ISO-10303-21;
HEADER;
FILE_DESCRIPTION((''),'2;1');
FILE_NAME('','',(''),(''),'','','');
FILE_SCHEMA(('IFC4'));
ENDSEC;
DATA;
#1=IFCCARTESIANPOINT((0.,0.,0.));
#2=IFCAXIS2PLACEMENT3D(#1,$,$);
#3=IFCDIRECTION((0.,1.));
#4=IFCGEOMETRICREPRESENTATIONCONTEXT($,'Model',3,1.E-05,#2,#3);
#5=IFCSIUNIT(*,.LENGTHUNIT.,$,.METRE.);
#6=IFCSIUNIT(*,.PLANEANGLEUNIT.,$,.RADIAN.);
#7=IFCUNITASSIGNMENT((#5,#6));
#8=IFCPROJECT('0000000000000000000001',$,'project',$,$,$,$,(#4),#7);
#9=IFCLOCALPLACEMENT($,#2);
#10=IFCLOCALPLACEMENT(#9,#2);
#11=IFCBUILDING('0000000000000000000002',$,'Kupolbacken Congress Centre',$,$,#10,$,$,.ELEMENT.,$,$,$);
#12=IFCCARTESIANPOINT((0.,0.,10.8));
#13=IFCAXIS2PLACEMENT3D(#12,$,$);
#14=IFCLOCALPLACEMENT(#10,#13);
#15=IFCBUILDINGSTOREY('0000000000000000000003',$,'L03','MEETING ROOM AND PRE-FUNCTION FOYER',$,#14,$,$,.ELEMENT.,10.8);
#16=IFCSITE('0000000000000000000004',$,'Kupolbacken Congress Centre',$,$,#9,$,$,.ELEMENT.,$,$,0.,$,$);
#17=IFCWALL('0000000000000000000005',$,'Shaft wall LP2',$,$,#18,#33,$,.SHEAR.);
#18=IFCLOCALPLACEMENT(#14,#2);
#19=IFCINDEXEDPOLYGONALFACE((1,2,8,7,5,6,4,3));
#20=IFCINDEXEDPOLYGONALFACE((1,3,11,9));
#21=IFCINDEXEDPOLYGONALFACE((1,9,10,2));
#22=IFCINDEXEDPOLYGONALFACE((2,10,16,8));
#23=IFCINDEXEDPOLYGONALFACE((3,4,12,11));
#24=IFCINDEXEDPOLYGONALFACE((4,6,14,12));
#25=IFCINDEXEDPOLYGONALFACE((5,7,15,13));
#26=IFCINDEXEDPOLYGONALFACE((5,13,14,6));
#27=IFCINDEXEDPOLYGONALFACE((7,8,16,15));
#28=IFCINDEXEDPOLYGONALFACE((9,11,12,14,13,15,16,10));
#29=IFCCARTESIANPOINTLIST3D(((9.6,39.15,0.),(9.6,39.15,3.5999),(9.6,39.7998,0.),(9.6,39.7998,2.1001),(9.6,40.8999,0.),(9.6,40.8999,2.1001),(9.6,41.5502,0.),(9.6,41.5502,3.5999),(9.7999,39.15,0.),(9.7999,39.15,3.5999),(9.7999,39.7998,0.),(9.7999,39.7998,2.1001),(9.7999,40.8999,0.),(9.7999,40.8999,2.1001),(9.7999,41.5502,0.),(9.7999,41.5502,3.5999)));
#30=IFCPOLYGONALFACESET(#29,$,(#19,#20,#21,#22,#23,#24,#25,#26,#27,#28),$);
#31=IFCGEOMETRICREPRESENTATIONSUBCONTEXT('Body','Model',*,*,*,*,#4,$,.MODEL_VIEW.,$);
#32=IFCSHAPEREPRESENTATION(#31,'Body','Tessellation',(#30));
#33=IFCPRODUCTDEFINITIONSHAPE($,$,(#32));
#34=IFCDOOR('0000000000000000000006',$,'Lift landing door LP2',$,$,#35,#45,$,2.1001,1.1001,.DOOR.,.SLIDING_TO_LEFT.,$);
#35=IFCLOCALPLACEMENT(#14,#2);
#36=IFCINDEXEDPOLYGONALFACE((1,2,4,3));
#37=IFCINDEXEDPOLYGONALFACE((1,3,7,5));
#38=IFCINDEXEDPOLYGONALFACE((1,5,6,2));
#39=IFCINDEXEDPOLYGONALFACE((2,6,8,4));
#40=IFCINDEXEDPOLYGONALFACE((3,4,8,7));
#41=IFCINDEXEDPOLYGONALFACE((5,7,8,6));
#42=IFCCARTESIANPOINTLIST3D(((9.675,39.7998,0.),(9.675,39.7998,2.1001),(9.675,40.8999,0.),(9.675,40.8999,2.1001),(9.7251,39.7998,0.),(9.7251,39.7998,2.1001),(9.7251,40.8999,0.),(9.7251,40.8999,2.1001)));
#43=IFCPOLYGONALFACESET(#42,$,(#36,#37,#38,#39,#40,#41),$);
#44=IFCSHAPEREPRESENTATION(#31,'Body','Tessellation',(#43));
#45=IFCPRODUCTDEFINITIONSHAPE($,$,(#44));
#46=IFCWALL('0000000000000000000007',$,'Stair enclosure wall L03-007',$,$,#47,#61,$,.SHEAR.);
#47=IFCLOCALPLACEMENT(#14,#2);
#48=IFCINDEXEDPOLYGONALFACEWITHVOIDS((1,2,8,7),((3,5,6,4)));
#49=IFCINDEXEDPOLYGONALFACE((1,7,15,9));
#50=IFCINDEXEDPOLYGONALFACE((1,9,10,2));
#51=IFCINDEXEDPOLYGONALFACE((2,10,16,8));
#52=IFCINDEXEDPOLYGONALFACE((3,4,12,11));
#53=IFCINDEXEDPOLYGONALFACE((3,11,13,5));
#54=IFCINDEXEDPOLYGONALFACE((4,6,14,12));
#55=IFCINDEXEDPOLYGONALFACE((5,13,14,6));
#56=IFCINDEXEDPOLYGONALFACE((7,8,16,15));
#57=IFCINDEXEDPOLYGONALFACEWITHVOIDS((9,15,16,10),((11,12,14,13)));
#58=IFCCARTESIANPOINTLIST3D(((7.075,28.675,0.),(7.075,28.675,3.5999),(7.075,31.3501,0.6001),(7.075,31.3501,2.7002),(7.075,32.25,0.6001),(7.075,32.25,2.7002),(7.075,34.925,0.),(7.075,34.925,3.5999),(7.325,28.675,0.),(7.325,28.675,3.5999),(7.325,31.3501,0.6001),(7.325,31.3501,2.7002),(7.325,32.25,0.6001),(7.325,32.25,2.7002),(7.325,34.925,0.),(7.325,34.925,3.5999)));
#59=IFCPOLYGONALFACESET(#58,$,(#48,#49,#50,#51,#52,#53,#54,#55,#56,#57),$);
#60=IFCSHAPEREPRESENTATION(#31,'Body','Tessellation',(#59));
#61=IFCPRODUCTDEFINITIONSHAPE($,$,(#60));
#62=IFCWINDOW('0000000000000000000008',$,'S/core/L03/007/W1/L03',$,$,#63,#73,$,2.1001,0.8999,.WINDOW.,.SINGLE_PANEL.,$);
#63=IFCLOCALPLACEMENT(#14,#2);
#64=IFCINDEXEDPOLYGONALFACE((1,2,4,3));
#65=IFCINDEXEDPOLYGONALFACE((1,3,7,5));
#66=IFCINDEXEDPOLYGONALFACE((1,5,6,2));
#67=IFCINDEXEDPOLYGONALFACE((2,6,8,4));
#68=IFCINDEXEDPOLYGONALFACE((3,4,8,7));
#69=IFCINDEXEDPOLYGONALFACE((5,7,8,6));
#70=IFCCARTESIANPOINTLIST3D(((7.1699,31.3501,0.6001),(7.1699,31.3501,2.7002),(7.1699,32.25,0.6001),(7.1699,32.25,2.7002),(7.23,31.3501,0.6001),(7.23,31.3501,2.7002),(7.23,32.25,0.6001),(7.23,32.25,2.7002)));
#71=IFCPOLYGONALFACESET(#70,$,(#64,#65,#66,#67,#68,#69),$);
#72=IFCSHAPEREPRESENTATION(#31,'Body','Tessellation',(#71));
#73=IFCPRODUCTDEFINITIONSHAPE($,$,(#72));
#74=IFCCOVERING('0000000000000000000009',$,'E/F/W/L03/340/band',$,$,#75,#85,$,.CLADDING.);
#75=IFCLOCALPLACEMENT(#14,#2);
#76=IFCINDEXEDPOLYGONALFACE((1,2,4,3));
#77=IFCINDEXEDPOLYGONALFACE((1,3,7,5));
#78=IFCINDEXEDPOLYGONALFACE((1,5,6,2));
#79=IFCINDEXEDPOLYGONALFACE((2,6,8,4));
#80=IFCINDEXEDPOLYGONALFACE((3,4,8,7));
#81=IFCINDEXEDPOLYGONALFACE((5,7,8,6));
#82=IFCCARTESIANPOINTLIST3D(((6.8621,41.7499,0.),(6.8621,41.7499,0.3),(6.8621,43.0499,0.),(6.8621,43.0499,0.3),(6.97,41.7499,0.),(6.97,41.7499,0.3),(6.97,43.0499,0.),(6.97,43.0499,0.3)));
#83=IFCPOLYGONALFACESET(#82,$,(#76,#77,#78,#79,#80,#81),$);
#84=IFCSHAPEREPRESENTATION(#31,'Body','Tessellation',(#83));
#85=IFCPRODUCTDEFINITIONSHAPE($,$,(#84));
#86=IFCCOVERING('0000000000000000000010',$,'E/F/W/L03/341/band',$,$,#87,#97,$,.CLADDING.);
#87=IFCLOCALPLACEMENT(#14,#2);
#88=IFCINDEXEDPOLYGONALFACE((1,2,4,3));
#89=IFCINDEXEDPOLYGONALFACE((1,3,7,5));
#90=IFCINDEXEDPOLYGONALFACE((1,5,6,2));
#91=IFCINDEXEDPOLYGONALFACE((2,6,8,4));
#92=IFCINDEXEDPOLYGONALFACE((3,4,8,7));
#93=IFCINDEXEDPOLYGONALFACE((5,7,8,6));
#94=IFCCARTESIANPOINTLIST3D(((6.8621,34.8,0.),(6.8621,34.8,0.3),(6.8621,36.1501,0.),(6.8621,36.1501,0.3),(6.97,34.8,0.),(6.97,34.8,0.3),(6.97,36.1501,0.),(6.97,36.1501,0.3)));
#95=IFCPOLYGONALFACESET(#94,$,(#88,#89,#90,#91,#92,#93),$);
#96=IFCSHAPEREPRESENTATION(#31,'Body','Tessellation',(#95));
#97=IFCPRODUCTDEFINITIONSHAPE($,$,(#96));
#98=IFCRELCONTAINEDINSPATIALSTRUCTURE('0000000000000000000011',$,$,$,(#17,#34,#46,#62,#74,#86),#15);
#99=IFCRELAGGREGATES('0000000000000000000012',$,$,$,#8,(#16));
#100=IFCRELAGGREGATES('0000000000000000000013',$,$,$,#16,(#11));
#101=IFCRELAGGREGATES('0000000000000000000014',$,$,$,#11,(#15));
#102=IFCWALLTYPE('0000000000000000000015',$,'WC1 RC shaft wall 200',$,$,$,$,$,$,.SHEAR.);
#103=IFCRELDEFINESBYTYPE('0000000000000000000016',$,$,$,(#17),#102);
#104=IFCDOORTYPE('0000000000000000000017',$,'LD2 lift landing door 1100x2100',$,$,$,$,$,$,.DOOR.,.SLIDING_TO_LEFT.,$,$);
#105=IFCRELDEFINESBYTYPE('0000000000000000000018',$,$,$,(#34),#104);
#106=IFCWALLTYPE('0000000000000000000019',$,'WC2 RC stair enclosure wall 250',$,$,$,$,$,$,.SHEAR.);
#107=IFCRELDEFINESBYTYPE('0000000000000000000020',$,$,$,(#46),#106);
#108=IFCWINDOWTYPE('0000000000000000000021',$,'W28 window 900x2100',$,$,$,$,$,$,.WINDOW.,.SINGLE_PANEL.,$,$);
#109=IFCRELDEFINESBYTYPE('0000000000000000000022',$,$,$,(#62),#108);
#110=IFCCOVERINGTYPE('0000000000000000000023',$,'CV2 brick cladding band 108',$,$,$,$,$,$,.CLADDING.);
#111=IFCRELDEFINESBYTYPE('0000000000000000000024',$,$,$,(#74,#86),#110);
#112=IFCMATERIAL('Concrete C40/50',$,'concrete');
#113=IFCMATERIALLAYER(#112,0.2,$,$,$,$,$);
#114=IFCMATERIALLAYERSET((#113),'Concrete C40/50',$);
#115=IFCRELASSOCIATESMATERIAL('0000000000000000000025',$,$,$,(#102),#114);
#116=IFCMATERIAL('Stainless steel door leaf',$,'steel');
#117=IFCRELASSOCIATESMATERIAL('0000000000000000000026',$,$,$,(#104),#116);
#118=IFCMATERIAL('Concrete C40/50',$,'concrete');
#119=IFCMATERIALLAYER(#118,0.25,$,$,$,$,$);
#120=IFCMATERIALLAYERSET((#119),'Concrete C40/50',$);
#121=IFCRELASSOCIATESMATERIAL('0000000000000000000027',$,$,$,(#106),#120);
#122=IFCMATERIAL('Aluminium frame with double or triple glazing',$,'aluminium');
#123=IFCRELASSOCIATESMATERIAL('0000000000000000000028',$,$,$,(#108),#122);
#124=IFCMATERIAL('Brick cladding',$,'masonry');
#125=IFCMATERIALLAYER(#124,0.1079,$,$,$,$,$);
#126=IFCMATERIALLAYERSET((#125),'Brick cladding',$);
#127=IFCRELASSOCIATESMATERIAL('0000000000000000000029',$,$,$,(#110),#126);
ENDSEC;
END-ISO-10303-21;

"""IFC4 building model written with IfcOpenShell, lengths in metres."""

from ifc_helpers import new_model, si_unit, direction, frame, frame_2d, origin, origin_2d, place, context, subcontext, project, spatial, rectangle, extrude, material, layer, layer_set, type_object, element, fill, save


model = new_model("IFC4")

# Units and contexts
model_context = context("Model", 3, precision=1e-05, world=origin(), true_north=direction((0.0, 1.0)))
body_context = subcontext(model_context, "Body", "Model", "MODEL_VIEW")
ifc_project = project(units=[si_unit("LENGTHUNIT", "METRE"), si_unit("PLANEANGLEUNIT", "RADIAN")], contexts=[model_context])

# Site, building, storey
site_placement = place(None, origin())
site = spatial("IfcSite", under=ifc_project, at=site_placement, Name="Kupolbacken Congress Centre", CompositionType="ELEMENT", RefElevation=0.0)
building_placement = place(site_placement, origin())
building = spatial("IfcBuilding", under=site, at=building_placement, Name="Kupolbacken Congress Centre", CompositionType="ELEMENT")
storey_placement = place(building_placement, frame((0.0, 0.0, 10.8)))
storey = spatial("IfcBuildingStorey", under=building, at=storey_placement, Name="L03", Description="MEETING ROOM AND PRE-FUNCTION FOYER", CompositionType="ELEMENT", Elevation=10.8)

# Shared definitions
ifc_material_1 = material(Name="Concrete C40/50", Category="concrete")
ifc_layer_1 = layer(ifc_material_1, 0.2)
ifc_layer_set_1 = layer_set([ifc_layer_1], Name="Concrete C40/50")
wall_type_1 = type_object("IfcWallType", Name="WC1 RC shaft wall 200", PredefinedType="SHEAR", material=ifc_layer_set_1)

# Shared definitions
ifc_material_2 = material(Name="Stainless steel door leaf", Category="steel")
door_type = type_object("IfcDoorType", Name="LD2 lift landing door 1100x2100", OperationType="SLIDING_TO_LEFT", PredefinedType="DOOR", material=ifc_material_2)

# Wall, opening, door
wall_1_placement = place(storey_placement, frame((9.7, 39.1499, 0.0), z_axis=(0.0, 0.0, 1.0), x_axis=(0.0, 1.0, 0.0)))
wall_1 = element("IfcWall", 1, at=wall_1_placement, inside=storey, type_object=wall_type_1, Name="Shaft wall LP2", PredefinedType="SHEAR", context=body_context, shape_type="SweptSolid", body=[
    extrude(rectangle(XDim=2.4001, YDim=0.2, at=frame_2d((1.2002, 0.0))), origin(), (0.0, 0.0, 1.0), 3.5999),
])
opening_1_placement = place(wall_1_placement, frame((0.6499, 0.0, 0.0)))
opening_1 = element("IfcOpeningElement", 2, at=opening_1_placement, cuts=wall_1, PredefinedType="OPENING", context=body_context, shape_type="SweptSolid", body=[
    extrude(rectangle(XDim=1.1001, YDim=2.1001, at=frame_2d((0.55, 1.05))), frame((0.0, 0.1099, 0.0), z_axis=(0.0, -1.0, 0.0), x_axis=(1.0, 0.0, 0.0)), (0.0, 0.0, 1.0), 0.22),
])
door_1_placement = place(opening_1_placement, origin())
door_1 = element("IfcDoor", 3, at=door_1_placement, inside=storey, type_object=door_type, Name="Lift landing door LP2", OperationType="SLIDING_TO_LEFT", OverallHeight=2.1001, OverallWidth=1.1001, PredefinedType="DOOR", context=body_context, shape_type="SweptSolid", body=[
    extrude(rectangle(XDim=1.1001, YDim=2.1001, at=frame_2d((0.55, 1.05))), frame((0.0, 0.0249, 0.0), z_axis=(0.0, -1.0, 0.0), x_axis=(1.0, 0.0, 0.0)), (0.0, 0.0, 1.0), 0.05),
])
fill(opening_1, door_1)

# Wall, opening, window
ifc_material_3 = material(Name="Concrete C40/50", Category="concrete")
ifc_layer_2 = layer(ifc_material_3, 0.25)
ifc_layer_set_2 = layer_set([ifc_layer_2], Name="Concrete C40/50")
wall_type_2 = type_object("IfcWallType", Name="WC2 RC stair enclosure wall 250", PredefinedType="SHEAR", material=ifc_layer_set_2)
wall_2_placement = place(storey_placement, frame((7.2, 34.925, 0.0), z_axis=(0.0, 0.0, 1.0), x_axis=(0.0, -1.0, 0.0)))
wall_2 = element("IfcWall", 4, at=wall_2_placement, inside=storey, type_object=wall_type_2, Name="Stair enclosure wall L03-007", PredefinedType="SHEAR", context=body_context, shape_type="SweptSolid", body=[
    extrude(rectangle(XDim=6.25, YDim=0.25, at=frame_2d((3.125, 0.0))), origin(), (0.0, 0.0, 1.0), 3.5999),
])
opening_2_placement = place(wall_2_placement, frame((2.675, 0.0, 0.6001)))
opening_2 = element("IfcOpeningElement", 5, at=opening_2_placement, cuts=wall_2, PredefinedType="OPENING", context=body_context, shape_type="SweptSolid", body=[
    extrude(rectangle(XDim=0.8999, YDim=2.1001, at=frame_2d((0.45, 1.05))), frame((0.0, 0.135, 0.0), z_axis=(0.0, -1.0, 0.0), x_axis=(1.0, 0.0, 0.0)), (0.0, 0.0, 1.0), 0.27),
])
ifc_material_4 = material(Name="Aluminium frame with double or triple glazing", Category="aluminium")
window_type = type_object("IfcWindowType", Name="W28 window 900x2100", PartitioningType="SINGLE_PANEL", PredefinedType="WINDOW", material=ifc_material_4)
window_placement = place(opening_2_placement, origin())
window = element("IfcWindow", 6, at=window_placement, inside=storey, type_object=window_type, Name="S/core/L03/007/W1/L03", OverallHeight=2.1001, OverallWidth=0.8999, PartitioningType="SINGLE_PANEL", PredefinedType="WINDOW", context=body_context, shape_type="SweptSolid", body=[
    extrude(rectangle(XDim=0.8999, YDim=2.1001, at=frame_2d((0.45, 1.05))), frame((0.0, 0.03, 0.0), z_axis=(0.0, -1.0, 0.0), x_axis=(1.0, 0.0, 0.0)), (0.0, 0.0, 1.0), 0.0601),
])
fill(opening_2, window)

# Coverings
ifc_material_5 = material(Name="Brick cladding", Category="masonry")
ifc_layer_3 = layer(ifc_material_5, 0.1079)
ifc_layer_set_3 = layer_set([ifc_layer_3], Name="Brick cladding")
covering_type = type_object("IfcCoveringType", Name="CV2 brick cladding band 108", PredefinedType="CLADDING", material=ifc_layer_set_3)
covering_1_placement = place(storey_placement, frame((6.916, 42.3999, 0.0), z_axis=(0.0, 0.0, 1.0), x_axis=(0.0, -1.0, 0.0)))
element("IfcCovering", 7, at=covering_1_placement, inside=storey, type_object=covering_type, Name="E/F/W/L03/340/band", PredefinedType="CLADDING", context=body_context, shape_type="SweptSolid", body=[
    extrude(rectangle(XDim=1.3, YDim=0.1079, at=origin_2d()), origin(), (0.0, 0.0, 1.0), 0.3),
])
covering_2_placement = place(storey_placement, frame((6.916, 35.4751, 0.0), z_axis=(0.0, 0.0, 1.0), x_axis=(0.0, -1.0, 0.0)))
element("IfcCovering", 8, at=covering_2_placement, inside=storey, type_object=covering_type, Name="E/F/W/L03/341/band", PredefinedType="CLADDING", context=body_context, shape_type="SweptSolid", body=[
    extrude(rectangle(XDim=1.3501, YDim=0.1079, at=origin_2d()), origin(), (0.0, 0.0, 1.0), 0.3),
])

save(model, "model.ifc")
